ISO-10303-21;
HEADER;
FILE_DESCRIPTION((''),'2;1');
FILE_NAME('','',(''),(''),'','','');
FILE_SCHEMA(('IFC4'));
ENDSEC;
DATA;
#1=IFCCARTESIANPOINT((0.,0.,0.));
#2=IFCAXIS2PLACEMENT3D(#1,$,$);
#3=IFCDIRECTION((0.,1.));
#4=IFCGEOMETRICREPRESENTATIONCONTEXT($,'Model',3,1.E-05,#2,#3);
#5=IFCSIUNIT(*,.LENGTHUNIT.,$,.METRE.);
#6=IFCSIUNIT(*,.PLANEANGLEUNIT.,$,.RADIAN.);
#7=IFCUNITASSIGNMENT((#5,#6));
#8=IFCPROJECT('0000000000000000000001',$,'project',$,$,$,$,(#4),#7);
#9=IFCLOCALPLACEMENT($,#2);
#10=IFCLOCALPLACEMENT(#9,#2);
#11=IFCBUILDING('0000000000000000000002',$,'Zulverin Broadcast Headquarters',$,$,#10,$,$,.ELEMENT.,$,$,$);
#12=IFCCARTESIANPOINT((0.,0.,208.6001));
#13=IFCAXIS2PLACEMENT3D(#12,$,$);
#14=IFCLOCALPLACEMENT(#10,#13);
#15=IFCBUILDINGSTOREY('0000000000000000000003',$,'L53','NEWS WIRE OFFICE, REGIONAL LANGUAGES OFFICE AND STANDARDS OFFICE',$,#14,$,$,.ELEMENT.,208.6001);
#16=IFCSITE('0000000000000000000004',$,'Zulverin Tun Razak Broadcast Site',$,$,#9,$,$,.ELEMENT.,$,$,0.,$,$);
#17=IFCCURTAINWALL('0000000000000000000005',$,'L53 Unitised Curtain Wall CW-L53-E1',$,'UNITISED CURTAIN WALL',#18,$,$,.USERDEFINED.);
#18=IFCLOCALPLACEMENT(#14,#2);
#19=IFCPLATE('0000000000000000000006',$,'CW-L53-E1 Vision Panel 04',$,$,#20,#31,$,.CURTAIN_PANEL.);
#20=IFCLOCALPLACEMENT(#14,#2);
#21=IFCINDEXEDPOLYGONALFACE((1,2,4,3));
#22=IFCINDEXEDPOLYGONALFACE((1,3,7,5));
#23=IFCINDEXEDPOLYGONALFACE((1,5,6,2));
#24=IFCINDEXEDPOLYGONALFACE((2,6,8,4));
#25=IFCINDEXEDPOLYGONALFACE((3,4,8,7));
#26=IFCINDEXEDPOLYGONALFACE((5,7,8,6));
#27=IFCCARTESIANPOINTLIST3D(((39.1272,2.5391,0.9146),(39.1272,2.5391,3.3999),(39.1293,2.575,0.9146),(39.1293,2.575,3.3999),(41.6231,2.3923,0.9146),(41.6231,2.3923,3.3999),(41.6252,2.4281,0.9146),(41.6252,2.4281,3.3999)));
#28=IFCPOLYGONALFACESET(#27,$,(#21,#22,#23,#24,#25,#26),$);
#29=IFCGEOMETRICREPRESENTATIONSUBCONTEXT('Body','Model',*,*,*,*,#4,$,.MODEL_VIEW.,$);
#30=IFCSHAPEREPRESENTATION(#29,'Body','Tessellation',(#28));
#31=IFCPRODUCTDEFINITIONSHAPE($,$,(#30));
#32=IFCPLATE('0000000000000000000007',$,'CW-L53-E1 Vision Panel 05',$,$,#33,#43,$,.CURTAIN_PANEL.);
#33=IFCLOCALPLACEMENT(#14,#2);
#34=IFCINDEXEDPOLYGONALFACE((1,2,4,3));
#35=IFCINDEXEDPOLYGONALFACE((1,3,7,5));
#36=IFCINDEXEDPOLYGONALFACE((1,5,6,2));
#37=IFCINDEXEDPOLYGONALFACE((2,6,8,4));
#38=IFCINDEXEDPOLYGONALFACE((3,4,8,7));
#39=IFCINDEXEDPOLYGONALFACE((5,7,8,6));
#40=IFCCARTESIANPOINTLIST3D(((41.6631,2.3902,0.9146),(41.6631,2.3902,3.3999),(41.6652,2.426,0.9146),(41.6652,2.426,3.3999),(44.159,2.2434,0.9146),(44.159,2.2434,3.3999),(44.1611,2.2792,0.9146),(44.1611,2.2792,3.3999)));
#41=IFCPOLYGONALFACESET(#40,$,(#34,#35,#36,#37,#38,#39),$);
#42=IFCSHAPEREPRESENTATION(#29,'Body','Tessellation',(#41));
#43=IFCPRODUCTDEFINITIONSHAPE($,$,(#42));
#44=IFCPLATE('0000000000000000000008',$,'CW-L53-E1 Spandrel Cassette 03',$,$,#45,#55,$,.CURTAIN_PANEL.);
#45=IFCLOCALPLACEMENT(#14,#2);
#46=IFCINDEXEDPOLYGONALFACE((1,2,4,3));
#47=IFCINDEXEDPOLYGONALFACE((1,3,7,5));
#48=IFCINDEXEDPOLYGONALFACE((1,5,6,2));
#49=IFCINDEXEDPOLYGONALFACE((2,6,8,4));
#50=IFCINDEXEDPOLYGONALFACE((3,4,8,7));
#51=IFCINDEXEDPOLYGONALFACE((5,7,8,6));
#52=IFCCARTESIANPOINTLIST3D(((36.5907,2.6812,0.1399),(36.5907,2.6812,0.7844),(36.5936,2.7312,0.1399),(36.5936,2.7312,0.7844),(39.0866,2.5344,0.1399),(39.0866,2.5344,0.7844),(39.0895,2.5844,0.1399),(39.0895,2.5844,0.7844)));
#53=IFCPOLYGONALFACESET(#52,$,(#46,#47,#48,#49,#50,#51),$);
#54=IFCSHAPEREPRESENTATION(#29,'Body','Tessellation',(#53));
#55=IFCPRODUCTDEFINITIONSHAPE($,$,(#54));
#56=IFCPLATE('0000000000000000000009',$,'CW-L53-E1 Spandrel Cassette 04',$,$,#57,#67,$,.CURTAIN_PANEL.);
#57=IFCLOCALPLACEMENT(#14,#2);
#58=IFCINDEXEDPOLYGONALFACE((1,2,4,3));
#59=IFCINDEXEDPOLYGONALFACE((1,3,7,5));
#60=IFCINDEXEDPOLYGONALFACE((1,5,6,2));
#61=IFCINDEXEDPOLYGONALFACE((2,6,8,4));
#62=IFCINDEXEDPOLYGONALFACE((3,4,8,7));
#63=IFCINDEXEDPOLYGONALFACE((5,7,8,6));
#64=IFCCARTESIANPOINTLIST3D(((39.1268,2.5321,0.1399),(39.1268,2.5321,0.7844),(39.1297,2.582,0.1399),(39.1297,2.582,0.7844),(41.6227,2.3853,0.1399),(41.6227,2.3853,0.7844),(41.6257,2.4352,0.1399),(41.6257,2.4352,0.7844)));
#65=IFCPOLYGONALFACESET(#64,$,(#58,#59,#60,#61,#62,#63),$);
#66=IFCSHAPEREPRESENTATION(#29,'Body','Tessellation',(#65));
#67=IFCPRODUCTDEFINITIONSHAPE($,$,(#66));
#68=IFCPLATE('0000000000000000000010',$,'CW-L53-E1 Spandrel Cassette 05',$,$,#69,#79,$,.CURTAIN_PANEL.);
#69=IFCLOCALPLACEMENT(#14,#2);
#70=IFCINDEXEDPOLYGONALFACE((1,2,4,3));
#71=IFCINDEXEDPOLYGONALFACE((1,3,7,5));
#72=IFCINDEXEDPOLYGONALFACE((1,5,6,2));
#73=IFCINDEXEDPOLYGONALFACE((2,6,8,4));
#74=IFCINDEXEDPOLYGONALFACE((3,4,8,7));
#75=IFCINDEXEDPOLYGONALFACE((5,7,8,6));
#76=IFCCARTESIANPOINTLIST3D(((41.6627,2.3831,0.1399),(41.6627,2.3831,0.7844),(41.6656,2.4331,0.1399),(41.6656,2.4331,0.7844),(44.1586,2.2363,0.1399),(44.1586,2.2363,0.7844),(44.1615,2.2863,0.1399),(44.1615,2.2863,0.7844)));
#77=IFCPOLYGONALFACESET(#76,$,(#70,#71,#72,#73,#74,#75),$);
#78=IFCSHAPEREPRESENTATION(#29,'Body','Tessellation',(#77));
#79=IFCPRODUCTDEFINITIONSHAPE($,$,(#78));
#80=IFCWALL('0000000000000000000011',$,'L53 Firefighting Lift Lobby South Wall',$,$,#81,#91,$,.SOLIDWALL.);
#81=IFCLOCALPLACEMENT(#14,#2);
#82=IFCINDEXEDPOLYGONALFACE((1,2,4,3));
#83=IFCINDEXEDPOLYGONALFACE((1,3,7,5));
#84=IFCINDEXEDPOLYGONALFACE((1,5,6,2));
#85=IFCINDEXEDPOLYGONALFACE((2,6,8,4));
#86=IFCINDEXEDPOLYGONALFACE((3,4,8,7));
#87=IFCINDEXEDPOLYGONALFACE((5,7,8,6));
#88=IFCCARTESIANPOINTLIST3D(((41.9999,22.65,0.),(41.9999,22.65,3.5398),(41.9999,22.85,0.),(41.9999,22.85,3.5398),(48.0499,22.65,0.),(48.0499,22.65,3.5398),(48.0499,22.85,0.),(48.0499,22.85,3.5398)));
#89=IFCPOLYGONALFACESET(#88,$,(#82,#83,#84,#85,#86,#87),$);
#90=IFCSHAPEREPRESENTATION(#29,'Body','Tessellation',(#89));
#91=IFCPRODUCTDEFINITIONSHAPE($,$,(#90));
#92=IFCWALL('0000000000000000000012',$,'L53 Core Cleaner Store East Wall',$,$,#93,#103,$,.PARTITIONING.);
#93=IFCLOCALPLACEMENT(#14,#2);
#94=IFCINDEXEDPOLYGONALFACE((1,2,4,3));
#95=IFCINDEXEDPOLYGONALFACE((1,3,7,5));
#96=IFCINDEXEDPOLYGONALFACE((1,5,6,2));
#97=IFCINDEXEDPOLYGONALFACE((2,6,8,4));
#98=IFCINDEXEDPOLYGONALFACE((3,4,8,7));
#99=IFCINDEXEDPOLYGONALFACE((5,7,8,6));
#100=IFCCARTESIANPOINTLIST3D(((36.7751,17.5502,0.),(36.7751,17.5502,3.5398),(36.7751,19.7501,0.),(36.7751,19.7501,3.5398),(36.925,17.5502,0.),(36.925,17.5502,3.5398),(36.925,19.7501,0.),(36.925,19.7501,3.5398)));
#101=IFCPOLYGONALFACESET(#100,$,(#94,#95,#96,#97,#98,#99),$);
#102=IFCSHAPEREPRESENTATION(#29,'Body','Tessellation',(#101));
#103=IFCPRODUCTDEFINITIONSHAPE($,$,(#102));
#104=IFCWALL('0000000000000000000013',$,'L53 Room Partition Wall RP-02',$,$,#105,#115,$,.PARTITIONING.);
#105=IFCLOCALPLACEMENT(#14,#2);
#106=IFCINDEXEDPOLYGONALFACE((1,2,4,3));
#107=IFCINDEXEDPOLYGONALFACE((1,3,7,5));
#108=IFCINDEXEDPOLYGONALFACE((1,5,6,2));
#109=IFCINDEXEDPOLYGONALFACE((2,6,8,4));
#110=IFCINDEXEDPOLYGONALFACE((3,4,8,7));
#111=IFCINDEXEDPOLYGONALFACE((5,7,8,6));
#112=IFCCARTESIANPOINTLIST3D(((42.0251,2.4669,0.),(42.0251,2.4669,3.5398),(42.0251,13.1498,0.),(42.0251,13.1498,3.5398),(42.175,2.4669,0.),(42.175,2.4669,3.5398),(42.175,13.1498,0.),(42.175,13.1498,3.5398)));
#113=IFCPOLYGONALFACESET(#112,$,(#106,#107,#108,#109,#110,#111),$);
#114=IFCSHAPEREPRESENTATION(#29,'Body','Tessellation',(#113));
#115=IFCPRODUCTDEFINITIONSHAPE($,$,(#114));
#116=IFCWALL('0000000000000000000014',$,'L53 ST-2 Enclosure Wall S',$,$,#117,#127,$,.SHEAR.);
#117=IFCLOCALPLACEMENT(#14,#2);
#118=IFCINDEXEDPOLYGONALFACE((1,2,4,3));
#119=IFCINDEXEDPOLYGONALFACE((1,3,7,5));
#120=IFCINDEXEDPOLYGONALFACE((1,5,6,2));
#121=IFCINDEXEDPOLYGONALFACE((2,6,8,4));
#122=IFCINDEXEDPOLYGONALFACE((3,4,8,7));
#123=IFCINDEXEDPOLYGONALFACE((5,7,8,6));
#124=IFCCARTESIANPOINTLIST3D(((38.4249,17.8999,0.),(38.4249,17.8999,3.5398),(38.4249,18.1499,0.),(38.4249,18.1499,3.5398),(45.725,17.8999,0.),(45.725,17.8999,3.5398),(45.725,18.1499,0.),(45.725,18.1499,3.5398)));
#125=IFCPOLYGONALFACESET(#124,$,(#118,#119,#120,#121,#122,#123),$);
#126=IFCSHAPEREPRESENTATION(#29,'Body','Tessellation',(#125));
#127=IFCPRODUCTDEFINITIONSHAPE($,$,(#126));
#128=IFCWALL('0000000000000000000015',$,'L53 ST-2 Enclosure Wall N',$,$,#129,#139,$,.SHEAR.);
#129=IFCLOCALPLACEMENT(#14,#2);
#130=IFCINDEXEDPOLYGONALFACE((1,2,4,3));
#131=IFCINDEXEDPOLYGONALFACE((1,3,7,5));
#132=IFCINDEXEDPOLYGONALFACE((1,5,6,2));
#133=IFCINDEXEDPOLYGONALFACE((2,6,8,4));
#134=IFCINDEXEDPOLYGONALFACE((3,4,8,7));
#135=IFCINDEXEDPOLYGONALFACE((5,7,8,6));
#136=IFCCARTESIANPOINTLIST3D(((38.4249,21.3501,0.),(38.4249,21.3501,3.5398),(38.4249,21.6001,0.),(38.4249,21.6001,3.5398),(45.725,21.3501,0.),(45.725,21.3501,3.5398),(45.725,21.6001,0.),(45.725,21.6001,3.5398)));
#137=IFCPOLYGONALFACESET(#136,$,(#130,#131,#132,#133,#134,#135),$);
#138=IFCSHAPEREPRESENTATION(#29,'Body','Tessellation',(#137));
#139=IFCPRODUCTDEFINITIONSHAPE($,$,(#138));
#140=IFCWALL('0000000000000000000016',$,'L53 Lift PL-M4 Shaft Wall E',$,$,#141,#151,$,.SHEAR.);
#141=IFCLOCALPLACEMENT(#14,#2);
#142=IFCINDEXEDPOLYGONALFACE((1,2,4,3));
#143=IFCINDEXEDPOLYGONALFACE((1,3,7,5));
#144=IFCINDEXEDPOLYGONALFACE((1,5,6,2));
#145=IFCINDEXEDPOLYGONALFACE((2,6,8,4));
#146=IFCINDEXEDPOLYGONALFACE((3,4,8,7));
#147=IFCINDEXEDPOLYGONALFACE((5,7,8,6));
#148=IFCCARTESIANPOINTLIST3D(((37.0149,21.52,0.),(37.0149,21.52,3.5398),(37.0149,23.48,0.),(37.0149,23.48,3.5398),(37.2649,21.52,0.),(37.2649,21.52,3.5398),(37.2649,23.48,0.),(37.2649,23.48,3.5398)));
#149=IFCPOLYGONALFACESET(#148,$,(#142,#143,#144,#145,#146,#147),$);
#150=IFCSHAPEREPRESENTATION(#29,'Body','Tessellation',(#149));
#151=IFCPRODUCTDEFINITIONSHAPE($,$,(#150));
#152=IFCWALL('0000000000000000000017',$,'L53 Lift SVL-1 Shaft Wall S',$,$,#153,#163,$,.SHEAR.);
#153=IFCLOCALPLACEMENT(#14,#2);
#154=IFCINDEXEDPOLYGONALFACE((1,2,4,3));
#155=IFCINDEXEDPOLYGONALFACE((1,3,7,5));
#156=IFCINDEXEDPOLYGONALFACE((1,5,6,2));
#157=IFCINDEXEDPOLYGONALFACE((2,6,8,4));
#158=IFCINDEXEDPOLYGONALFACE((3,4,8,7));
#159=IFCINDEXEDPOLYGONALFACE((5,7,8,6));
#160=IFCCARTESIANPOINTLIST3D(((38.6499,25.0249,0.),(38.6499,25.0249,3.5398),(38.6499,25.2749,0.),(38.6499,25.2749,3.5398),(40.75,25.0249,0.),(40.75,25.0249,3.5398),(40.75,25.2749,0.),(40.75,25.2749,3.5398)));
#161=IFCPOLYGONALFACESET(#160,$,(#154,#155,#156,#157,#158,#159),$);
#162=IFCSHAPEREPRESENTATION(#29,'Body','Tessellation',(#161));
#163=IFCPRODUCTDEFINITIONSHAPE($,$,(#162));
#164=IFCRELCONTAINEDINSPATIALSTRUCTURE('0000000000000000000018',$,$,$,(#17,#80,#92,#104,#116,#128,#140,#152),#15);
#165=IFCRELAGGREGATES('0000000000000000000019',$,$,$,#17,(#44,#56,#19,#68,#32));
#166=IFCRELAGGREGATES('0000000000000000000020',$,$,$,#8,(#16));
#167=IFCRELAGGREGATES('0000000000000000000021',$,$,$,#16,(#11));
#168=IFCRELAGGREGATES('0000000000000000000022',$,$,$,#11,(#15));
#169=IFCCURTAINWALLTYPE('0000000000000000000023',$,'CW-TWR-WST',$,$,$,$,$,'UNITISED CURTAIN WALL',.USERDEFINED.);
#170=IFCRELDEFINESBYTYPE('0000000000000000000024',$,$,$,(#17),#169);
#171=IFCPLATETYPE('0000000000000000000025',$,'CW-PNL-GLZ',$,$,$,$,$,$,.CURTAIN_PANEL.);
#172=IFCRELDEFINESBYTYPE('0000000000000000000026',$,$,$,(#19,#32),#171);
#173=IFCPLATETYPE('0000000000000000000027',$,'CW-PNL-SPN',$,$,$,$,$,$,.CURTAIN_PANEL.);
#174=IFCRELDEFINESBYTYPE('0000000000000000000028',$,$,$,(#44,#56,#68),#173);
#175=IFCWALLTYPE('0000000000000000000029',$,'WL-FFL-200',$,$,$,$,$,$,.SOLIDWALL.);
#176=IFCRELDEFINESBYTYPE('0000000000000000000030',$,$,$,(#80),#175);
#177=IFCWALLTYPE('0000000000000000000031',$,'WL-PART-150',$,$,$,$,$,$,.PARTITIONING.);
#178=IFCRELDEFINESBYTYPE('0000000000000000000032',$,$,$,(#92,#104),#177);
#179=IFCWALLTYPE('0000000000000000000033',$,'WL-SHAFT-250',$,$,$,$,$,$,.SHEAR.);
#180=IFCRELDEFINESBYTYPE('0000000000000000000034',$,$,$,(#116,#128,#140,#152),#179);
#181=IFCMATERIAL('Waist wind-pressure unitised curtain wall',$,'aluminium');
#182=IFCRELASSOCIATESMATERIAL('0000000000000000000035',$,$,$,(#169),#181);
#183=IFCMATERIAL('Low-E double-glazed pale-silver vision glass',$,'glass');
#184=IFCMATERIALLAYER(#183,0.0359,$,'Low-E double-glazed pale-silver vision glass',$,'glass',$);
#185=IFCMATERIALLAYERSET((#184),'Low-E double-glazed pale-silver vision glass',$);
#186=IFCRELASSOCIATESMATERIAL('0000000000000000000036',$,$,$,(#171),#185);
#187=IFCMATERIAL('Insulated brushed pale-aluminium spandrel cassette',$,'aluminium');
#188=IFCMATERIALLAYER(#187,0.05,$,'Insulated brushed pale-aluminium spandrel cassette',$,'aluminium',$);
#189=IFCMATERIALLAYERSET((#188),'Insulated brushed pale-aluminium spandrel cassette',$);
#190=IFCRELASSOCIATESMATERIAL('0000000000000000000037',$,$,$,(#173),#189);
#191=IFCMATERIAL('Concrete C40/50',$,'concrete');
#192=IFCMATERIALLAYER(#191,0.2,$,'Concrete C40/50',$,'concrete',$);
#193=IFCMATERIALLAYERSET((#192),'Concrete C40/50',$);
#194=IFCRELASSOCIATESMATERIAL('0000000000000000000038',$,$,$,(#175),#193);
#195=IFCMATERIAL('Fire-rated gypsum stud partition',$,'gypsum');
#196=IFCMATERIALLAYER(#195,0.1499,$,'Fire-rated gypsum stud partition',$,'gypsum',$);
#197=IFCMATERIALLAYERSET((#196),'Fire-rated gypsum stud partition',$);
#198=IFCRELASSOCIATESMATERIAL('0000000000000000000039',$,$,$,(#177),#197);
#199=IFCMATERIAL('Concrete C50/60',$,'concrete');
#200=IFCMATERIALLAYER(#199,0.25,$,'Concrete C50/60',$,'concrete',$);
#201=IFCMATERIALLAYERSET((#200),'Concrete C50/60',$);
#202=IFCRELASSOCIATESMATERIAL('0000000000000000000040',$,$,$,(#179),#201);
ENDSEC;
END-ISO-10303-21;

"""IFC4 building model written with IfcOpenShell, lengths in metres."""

from ifc_helpers import new_model, si_unit, direction, frame, frame_2d, origin, origin_2d, place, context, subcontext, project, spatial, rectangle, extrude, material, layer, layer_set, type_object, element, aggregate, save


model = new_model("IFC4")

# Units and contexts
model_context = context("Model", 3, precision=1e-05, world=origin(), true_north=direction((0.0, 1.0)))
body_context = subcontext(model_context, "Body", "Model", "MODEL_VIEW")
ifc_project = project(units=[si_unit("LENGTHUNIT", "METRE"), si_unit("PLANEANGLEUNIT", "RADIAN")], contexts=[model_context])

# Site, building, storey
site_placement = place(None, origin())
site = spatial("IfcSite", under=ifc_project, at=site_placement, Name="Zulverin Tun Razak Broadcast Site", CompositionType="ELEMENT", RefElevation=0.0)
building_placement = place(site_placement, origin())
building = spatial("IfcBuilding", under=site, at=building_placement, Name="Zulverin Broadcast Headquarters", CompositionType="ELEMENT")
storey_placement = place(building_placement, frame((0.0, 0.0, 208.6001)))
storey = spatial("IfcBuildingStorey", under=building, at=storey_placement, Name="L53", Description="NEWS WIRE OFFICE, REGIONAL LANGUAGES OFFICE AND STANDARDS OFFICE", CompositionType="ELEMENT", Elevation=208.6001)

# Shared definitions
ifc_material_1 = material(Name="Concrete C50/60", Category="concrete")

# Curtain wall, plates
ifc_material_2 = material(Name="Waist wind-pressure unitised curtain wall", Category="aluminium")
curtain_wall_type = type_object("IfcCurtainWallType", Name="CW-TWR-WST", ElementType="UNITISED CURTAIN WALL", PredefinedType="USERDEFINED", material=ifc_material_2)
curtain_wall_placement = place(storey_placement, origin())
curtain_wall = element("IfcCurtainWall", 1, at=curtain_wall_placement, inside=storey, type_object=curtain_wall_type, Name="L53 Unitised Curtain Wall CW-L53-E1", ObjectType="UNITISED CURTAIN WALL", PredefinedType="USERDEFINED")
ifc_material_3 = material(Name="Low-E double-glazed pale-silver vision glass", Category="glass")
ifc_layer_1 = layer(ifc_material_3, 0.0359, Name="Low-E double-glazed pale-silver vision glass", Category="glass")
ifc_layer_set_1 = layer_set([ifc_layer_1], Name="Low-E double-glazed pale-silver vision glass")
plate_type_1 = type_object("IfcPlateType", Name="CW-PNL-GLZ", PredefinedType="CURTAIN_PANEL", material=ifc_layer_set_1)
plate_1_placement = place(storey_placement, frame((40.3762, 2.4836, 0.9146), z_axis=(0.0, 0.0, 1.0), x_axis=(0.998274, -0.058721, 0.0)))
plate_1 = element("IfcPlate", 2, at=plate_1_placement, type_object=plate_type_1, Name="CW-L53-E1 Vision Panel 04", PredefinedType="CURTAIN_PANEL", context=body_context, shape_type="SweptSolid", body=[
    extrude(rectangle(XDim=2.5002, YDim=0.0359, at=origin_2d()), origin(), (0.0, 0.0, 1.0), 2.4854),
])
plate_2_placement = place(storey_placement, frame((42.9121, 2.3347, 0.9146), z_axis=(0.0, 0.0, 1.0), x_axis=(0.998274, -0.058721, 0.0)))
plate_2 = element("IfcPlate", 3, at=plate_2_placement, type_object=plate_type_1, Name="CW-L53-E1 Vision Panel 05", PredefinedType="CURTAIN_PANEL", context=body_context, shape_type="SweptSolid", body=[
    extrude(rectangle(XDim=2.5002, YDim=0.0359, at=origin_2d()), origin(), (0.0, 0.0, 1.0), 2.4854),
])
ifc_material_4 = material(Name="Insulated brushed pale-aluminium spandrel cassette", Category="aluminium")
ifc_layer_2 = layer(ifc_material_4, 0.05, Name="Insulated brushed pale-aluminium spandrel cassette", Category="aluminium")
ifc_layer_set_2 = layer_set([ifc_layer_2], Name="Insulated brushed pale-aluminium spandrel cassette")
plate_type_2 = type_object("IfcPlateType", Name="CW-PNL-SPN", PredefinedType="CURTAIN_PANEL", material=ifc_layer_set_2)
plate_3_placement = place(storey_placement, frame((37.8401, 2.6328, 0.1399), z_axis=(0.0, 0.0, 1.0), x_axis=(0.998274, -0.058721, 0.0)))
plate_3 = element("IfcPlate", 4, at=plate_3_placement, type_object=plate_type_2, Name="CW-L53-E1 Spandrel Cassette 03", PredefinedType="CURTAIN_PANEL", context=body_context, shape_type="SweptSolid", body=[
    extrude(rectangle(XDim=2.5002, YDim=0.05, at=origin_2d()), origin(), (0.0, 0.0, 1.0), 0.6445),
])
plate_4_placement = place(storey_placement, frame((40.3762, 2.4836, 0.1399), z_axis=(0.0, 0.0, 1.0), x_axis=(0.998274, -0.058721, 0.0)))
plate_4 = element("IfcPlate", 5, at=plate_4_placement, type_object=plate_type_2, Name="CW-L53-E1 Spandrel Cassette 04", PredefinedType="CURTAIN_PANEL", context=body_context, shape_type="SweptSolid", body=[
    extrude(rectangle(XDim=2.5002, YDim=0.05, at=origin_2d()), origin(), (0.0, 0.0, 1.0), 0.6445),
])
plate_5_placement = place(storey_placement, frame((42.9121, 2.3347, 0.1399), z_axis=(0.0, 0.0, 1.0), x_axis=(0.998274, -0.058721, 0.0)))
plate_5 = element("IfcPlate", 6, at=plate_5_placement, type_object=plate_type_2, Name="CW-L53-E1 Spandrel Cassette 05", PredefinedType="CURTAIN_PANEL", context=body_context, shape_type="SweptSolid", body=[
    extrude(rectangle(XDim=2.5002, YDim=0.05, at=origin_2d()), origin(), (0.0, 0.0, 1.0), 0.6445),
])
aggregate(curtain_wall, [plate_3, plate_4, plate_1, plate_5, plate_2])

# Shared definitions
ifc_material_5 = material(Name="Concrete C40/50", Category="concrete")
ifc_layer_3 = layer(ifc_material_5, 0.2, Name="Concrete C40/50", Category="concrete")
ifc_layer_set_3 = layer_set([ifc_layer_3], Name="Concrete C40/50")
wall_type_1 = type_object("IfcWallType", Name="WL-FFL-200", PredefinedType="SOLIDWALL", material=ifc_layer_set_3)

# Walls
wall_1_placement = place(storey_placement, frame((42.0, 22.75, 0.0), z_axis=(0.0, 0.0, 1.0), x_axis=(1.0, 0.0, 0.0)))
element("IfcWall", 7, at=wall_1_placement, inside=storey, type_object=wall_type_1, Name="L53 Firefighting Lift Lobby South Wall", PredefinedType="SOLIDWALL", context=body_context, shape_type="SweptSolid", body=[
    extrude(rectangle(XDim=6.05, YDim=0.2, at=frame_2d((3.0249, 0.0))), origin(), (0.0, 0.0, 1.0), 3.5398),
])
ifc_material_6 = material(Name="Fire-rated gypsum stud partition", Category="gypsum")
ifc_layer_4 = layer(ifc_material_6, 0.1499, Name="Fire-rated gypsum stud partition", Category="gypsum")
ifc_layer_set_4 = layer_set([ifc_layer_4], Name="Fire-rated gypsum stud partition")
wall_type_2 = type_object("IfcWallType", Name="WL-PART-150", PredefinedType="PARTITIONING", material=ifc_layer_set_4)
wall_2_placement = place(storey_placement, frame((36.8501, 17.55, 0.0), z_axis=(0.0, 0.0, 1.0), x_axis=(0.0, 1.0, 0.0)))
element("IfcWall", 8, at=wall_2_placement, inside=storey, type_object=wall_type_2, Name="L53 Core Cleaner Store East Wall", PredefinedType="PARTITIONING", context=body_context, shape_type="SweptSolid", body=[
    extrude(rectangle(XDim=2.2, YDim=0.1499, at=frame_2d((1.1001, 0.0))), origin(), (0.0, 0.0, 1.0), 3.5398),
])
wall_3_placement = place(storey_placement, frame((42.1001, 2.467, 0.0), z_axis=(0.0, 0.0, 1.0), x_axis=(0.0, 1.0, 0.0)))
element("IfcWall", 9, at=wall_3_placement, inside=storey, type_object=wall_type_2, Name="L53 Room Partition Wall RP-02", PredefinedType="PARTITIONING", context=body_context, shape_type="SweptSolid", body=[
    extrude(rectangle(XDim=10.6829, YDim=0.1499, at=frame_2d((5.3413, 0.0))), origin(), (0.0, 0.0, 1.0), 3.5398),
])
ifc_layer_5 = layer(ifc_material_1, 0.25, Name="Concrete C50/60", Category="concrete")
ifc_layer_set_5 = layer_set([ifc_layer_5], Name="Concrete C50/60")
wall_type_3 = type_object("IfcWallType", Name="WL-SHAFT-250", PredefinedType="SHEAR", material=ifc_layer_set_5)
for number, where, z_axis, x_axis, name in (
    (10, (38.425, 18.0249, 0.0), (0.0, 0.0, 1.0), (1.0, 0.0, 0.0), "L53 ST-2 Enclosure Wall S"),
    (11, (38.425, 21.4751, 0.0), (0.0, 0.0, 1.0), (1.0, 0.0, 0.0), "L53 ST-2 Enclosure Wall N"),
):
    element("IfcWall", number, at=place(storey_placement, frame(where, z_axis=z_axis, x_axis=x_axis)), inside=storey, type_object=wall_type_3, Name=name, PredefinedType="SHEAR", context=body_context, shape_type="SweptSolid", body=[
        extrude(rectangle(XDim=7.3, YDim=0.25, at=frame_2d((3.6499, 0.0))), origin(), (0.0, 0.0, 1.0), 3.5398),
    ])

# Walls
wall_4_placement = place(storey_placement, frame((37.1399, 21.52, 0.0), z_axis=(0.0, 0.0, 1.0), x_axis=(0.0, 1.0, 0.0)))
element("IfcWall", 12, at=wall_4_placement, inside=storey, type_object=wall_type_3, Name="L53 Lift PL-M4 Shaft Wall E", PredefinedType="SHEAR", context=body_context, shape_type="SweptSolid", body=[
    extrude(rectangle(XDim=1.96, YDim=0.25, at=frame_2d((0.98, 0.0))), origin(), (0.0, 0.0, 1.0), 3.5398),
])
wall_5_placement = place(storey_placement, frame((38.6499, 25.1499, 0.0), z_axis=(0.0, 0.0, 1.0), x_axis=(1.0, 0.0, 0.0)))
element("IfcWall", 13, at=wall_5_placement, inside=storey, type_object=wall_type_3, Name="L53 Lift SVL-1 Shaft Wall S", PredefinedType="SHEAR", context=body_context, shape_type="SweptSolid", body=[
    extrude(rectangle(XDim=2.1001, YDim=0.25, at=frame_2d((1.05, 0.0))), origin(), (0.0, 0.0, 1.0), 3.5398),
])

save(model, "model.ifc")
